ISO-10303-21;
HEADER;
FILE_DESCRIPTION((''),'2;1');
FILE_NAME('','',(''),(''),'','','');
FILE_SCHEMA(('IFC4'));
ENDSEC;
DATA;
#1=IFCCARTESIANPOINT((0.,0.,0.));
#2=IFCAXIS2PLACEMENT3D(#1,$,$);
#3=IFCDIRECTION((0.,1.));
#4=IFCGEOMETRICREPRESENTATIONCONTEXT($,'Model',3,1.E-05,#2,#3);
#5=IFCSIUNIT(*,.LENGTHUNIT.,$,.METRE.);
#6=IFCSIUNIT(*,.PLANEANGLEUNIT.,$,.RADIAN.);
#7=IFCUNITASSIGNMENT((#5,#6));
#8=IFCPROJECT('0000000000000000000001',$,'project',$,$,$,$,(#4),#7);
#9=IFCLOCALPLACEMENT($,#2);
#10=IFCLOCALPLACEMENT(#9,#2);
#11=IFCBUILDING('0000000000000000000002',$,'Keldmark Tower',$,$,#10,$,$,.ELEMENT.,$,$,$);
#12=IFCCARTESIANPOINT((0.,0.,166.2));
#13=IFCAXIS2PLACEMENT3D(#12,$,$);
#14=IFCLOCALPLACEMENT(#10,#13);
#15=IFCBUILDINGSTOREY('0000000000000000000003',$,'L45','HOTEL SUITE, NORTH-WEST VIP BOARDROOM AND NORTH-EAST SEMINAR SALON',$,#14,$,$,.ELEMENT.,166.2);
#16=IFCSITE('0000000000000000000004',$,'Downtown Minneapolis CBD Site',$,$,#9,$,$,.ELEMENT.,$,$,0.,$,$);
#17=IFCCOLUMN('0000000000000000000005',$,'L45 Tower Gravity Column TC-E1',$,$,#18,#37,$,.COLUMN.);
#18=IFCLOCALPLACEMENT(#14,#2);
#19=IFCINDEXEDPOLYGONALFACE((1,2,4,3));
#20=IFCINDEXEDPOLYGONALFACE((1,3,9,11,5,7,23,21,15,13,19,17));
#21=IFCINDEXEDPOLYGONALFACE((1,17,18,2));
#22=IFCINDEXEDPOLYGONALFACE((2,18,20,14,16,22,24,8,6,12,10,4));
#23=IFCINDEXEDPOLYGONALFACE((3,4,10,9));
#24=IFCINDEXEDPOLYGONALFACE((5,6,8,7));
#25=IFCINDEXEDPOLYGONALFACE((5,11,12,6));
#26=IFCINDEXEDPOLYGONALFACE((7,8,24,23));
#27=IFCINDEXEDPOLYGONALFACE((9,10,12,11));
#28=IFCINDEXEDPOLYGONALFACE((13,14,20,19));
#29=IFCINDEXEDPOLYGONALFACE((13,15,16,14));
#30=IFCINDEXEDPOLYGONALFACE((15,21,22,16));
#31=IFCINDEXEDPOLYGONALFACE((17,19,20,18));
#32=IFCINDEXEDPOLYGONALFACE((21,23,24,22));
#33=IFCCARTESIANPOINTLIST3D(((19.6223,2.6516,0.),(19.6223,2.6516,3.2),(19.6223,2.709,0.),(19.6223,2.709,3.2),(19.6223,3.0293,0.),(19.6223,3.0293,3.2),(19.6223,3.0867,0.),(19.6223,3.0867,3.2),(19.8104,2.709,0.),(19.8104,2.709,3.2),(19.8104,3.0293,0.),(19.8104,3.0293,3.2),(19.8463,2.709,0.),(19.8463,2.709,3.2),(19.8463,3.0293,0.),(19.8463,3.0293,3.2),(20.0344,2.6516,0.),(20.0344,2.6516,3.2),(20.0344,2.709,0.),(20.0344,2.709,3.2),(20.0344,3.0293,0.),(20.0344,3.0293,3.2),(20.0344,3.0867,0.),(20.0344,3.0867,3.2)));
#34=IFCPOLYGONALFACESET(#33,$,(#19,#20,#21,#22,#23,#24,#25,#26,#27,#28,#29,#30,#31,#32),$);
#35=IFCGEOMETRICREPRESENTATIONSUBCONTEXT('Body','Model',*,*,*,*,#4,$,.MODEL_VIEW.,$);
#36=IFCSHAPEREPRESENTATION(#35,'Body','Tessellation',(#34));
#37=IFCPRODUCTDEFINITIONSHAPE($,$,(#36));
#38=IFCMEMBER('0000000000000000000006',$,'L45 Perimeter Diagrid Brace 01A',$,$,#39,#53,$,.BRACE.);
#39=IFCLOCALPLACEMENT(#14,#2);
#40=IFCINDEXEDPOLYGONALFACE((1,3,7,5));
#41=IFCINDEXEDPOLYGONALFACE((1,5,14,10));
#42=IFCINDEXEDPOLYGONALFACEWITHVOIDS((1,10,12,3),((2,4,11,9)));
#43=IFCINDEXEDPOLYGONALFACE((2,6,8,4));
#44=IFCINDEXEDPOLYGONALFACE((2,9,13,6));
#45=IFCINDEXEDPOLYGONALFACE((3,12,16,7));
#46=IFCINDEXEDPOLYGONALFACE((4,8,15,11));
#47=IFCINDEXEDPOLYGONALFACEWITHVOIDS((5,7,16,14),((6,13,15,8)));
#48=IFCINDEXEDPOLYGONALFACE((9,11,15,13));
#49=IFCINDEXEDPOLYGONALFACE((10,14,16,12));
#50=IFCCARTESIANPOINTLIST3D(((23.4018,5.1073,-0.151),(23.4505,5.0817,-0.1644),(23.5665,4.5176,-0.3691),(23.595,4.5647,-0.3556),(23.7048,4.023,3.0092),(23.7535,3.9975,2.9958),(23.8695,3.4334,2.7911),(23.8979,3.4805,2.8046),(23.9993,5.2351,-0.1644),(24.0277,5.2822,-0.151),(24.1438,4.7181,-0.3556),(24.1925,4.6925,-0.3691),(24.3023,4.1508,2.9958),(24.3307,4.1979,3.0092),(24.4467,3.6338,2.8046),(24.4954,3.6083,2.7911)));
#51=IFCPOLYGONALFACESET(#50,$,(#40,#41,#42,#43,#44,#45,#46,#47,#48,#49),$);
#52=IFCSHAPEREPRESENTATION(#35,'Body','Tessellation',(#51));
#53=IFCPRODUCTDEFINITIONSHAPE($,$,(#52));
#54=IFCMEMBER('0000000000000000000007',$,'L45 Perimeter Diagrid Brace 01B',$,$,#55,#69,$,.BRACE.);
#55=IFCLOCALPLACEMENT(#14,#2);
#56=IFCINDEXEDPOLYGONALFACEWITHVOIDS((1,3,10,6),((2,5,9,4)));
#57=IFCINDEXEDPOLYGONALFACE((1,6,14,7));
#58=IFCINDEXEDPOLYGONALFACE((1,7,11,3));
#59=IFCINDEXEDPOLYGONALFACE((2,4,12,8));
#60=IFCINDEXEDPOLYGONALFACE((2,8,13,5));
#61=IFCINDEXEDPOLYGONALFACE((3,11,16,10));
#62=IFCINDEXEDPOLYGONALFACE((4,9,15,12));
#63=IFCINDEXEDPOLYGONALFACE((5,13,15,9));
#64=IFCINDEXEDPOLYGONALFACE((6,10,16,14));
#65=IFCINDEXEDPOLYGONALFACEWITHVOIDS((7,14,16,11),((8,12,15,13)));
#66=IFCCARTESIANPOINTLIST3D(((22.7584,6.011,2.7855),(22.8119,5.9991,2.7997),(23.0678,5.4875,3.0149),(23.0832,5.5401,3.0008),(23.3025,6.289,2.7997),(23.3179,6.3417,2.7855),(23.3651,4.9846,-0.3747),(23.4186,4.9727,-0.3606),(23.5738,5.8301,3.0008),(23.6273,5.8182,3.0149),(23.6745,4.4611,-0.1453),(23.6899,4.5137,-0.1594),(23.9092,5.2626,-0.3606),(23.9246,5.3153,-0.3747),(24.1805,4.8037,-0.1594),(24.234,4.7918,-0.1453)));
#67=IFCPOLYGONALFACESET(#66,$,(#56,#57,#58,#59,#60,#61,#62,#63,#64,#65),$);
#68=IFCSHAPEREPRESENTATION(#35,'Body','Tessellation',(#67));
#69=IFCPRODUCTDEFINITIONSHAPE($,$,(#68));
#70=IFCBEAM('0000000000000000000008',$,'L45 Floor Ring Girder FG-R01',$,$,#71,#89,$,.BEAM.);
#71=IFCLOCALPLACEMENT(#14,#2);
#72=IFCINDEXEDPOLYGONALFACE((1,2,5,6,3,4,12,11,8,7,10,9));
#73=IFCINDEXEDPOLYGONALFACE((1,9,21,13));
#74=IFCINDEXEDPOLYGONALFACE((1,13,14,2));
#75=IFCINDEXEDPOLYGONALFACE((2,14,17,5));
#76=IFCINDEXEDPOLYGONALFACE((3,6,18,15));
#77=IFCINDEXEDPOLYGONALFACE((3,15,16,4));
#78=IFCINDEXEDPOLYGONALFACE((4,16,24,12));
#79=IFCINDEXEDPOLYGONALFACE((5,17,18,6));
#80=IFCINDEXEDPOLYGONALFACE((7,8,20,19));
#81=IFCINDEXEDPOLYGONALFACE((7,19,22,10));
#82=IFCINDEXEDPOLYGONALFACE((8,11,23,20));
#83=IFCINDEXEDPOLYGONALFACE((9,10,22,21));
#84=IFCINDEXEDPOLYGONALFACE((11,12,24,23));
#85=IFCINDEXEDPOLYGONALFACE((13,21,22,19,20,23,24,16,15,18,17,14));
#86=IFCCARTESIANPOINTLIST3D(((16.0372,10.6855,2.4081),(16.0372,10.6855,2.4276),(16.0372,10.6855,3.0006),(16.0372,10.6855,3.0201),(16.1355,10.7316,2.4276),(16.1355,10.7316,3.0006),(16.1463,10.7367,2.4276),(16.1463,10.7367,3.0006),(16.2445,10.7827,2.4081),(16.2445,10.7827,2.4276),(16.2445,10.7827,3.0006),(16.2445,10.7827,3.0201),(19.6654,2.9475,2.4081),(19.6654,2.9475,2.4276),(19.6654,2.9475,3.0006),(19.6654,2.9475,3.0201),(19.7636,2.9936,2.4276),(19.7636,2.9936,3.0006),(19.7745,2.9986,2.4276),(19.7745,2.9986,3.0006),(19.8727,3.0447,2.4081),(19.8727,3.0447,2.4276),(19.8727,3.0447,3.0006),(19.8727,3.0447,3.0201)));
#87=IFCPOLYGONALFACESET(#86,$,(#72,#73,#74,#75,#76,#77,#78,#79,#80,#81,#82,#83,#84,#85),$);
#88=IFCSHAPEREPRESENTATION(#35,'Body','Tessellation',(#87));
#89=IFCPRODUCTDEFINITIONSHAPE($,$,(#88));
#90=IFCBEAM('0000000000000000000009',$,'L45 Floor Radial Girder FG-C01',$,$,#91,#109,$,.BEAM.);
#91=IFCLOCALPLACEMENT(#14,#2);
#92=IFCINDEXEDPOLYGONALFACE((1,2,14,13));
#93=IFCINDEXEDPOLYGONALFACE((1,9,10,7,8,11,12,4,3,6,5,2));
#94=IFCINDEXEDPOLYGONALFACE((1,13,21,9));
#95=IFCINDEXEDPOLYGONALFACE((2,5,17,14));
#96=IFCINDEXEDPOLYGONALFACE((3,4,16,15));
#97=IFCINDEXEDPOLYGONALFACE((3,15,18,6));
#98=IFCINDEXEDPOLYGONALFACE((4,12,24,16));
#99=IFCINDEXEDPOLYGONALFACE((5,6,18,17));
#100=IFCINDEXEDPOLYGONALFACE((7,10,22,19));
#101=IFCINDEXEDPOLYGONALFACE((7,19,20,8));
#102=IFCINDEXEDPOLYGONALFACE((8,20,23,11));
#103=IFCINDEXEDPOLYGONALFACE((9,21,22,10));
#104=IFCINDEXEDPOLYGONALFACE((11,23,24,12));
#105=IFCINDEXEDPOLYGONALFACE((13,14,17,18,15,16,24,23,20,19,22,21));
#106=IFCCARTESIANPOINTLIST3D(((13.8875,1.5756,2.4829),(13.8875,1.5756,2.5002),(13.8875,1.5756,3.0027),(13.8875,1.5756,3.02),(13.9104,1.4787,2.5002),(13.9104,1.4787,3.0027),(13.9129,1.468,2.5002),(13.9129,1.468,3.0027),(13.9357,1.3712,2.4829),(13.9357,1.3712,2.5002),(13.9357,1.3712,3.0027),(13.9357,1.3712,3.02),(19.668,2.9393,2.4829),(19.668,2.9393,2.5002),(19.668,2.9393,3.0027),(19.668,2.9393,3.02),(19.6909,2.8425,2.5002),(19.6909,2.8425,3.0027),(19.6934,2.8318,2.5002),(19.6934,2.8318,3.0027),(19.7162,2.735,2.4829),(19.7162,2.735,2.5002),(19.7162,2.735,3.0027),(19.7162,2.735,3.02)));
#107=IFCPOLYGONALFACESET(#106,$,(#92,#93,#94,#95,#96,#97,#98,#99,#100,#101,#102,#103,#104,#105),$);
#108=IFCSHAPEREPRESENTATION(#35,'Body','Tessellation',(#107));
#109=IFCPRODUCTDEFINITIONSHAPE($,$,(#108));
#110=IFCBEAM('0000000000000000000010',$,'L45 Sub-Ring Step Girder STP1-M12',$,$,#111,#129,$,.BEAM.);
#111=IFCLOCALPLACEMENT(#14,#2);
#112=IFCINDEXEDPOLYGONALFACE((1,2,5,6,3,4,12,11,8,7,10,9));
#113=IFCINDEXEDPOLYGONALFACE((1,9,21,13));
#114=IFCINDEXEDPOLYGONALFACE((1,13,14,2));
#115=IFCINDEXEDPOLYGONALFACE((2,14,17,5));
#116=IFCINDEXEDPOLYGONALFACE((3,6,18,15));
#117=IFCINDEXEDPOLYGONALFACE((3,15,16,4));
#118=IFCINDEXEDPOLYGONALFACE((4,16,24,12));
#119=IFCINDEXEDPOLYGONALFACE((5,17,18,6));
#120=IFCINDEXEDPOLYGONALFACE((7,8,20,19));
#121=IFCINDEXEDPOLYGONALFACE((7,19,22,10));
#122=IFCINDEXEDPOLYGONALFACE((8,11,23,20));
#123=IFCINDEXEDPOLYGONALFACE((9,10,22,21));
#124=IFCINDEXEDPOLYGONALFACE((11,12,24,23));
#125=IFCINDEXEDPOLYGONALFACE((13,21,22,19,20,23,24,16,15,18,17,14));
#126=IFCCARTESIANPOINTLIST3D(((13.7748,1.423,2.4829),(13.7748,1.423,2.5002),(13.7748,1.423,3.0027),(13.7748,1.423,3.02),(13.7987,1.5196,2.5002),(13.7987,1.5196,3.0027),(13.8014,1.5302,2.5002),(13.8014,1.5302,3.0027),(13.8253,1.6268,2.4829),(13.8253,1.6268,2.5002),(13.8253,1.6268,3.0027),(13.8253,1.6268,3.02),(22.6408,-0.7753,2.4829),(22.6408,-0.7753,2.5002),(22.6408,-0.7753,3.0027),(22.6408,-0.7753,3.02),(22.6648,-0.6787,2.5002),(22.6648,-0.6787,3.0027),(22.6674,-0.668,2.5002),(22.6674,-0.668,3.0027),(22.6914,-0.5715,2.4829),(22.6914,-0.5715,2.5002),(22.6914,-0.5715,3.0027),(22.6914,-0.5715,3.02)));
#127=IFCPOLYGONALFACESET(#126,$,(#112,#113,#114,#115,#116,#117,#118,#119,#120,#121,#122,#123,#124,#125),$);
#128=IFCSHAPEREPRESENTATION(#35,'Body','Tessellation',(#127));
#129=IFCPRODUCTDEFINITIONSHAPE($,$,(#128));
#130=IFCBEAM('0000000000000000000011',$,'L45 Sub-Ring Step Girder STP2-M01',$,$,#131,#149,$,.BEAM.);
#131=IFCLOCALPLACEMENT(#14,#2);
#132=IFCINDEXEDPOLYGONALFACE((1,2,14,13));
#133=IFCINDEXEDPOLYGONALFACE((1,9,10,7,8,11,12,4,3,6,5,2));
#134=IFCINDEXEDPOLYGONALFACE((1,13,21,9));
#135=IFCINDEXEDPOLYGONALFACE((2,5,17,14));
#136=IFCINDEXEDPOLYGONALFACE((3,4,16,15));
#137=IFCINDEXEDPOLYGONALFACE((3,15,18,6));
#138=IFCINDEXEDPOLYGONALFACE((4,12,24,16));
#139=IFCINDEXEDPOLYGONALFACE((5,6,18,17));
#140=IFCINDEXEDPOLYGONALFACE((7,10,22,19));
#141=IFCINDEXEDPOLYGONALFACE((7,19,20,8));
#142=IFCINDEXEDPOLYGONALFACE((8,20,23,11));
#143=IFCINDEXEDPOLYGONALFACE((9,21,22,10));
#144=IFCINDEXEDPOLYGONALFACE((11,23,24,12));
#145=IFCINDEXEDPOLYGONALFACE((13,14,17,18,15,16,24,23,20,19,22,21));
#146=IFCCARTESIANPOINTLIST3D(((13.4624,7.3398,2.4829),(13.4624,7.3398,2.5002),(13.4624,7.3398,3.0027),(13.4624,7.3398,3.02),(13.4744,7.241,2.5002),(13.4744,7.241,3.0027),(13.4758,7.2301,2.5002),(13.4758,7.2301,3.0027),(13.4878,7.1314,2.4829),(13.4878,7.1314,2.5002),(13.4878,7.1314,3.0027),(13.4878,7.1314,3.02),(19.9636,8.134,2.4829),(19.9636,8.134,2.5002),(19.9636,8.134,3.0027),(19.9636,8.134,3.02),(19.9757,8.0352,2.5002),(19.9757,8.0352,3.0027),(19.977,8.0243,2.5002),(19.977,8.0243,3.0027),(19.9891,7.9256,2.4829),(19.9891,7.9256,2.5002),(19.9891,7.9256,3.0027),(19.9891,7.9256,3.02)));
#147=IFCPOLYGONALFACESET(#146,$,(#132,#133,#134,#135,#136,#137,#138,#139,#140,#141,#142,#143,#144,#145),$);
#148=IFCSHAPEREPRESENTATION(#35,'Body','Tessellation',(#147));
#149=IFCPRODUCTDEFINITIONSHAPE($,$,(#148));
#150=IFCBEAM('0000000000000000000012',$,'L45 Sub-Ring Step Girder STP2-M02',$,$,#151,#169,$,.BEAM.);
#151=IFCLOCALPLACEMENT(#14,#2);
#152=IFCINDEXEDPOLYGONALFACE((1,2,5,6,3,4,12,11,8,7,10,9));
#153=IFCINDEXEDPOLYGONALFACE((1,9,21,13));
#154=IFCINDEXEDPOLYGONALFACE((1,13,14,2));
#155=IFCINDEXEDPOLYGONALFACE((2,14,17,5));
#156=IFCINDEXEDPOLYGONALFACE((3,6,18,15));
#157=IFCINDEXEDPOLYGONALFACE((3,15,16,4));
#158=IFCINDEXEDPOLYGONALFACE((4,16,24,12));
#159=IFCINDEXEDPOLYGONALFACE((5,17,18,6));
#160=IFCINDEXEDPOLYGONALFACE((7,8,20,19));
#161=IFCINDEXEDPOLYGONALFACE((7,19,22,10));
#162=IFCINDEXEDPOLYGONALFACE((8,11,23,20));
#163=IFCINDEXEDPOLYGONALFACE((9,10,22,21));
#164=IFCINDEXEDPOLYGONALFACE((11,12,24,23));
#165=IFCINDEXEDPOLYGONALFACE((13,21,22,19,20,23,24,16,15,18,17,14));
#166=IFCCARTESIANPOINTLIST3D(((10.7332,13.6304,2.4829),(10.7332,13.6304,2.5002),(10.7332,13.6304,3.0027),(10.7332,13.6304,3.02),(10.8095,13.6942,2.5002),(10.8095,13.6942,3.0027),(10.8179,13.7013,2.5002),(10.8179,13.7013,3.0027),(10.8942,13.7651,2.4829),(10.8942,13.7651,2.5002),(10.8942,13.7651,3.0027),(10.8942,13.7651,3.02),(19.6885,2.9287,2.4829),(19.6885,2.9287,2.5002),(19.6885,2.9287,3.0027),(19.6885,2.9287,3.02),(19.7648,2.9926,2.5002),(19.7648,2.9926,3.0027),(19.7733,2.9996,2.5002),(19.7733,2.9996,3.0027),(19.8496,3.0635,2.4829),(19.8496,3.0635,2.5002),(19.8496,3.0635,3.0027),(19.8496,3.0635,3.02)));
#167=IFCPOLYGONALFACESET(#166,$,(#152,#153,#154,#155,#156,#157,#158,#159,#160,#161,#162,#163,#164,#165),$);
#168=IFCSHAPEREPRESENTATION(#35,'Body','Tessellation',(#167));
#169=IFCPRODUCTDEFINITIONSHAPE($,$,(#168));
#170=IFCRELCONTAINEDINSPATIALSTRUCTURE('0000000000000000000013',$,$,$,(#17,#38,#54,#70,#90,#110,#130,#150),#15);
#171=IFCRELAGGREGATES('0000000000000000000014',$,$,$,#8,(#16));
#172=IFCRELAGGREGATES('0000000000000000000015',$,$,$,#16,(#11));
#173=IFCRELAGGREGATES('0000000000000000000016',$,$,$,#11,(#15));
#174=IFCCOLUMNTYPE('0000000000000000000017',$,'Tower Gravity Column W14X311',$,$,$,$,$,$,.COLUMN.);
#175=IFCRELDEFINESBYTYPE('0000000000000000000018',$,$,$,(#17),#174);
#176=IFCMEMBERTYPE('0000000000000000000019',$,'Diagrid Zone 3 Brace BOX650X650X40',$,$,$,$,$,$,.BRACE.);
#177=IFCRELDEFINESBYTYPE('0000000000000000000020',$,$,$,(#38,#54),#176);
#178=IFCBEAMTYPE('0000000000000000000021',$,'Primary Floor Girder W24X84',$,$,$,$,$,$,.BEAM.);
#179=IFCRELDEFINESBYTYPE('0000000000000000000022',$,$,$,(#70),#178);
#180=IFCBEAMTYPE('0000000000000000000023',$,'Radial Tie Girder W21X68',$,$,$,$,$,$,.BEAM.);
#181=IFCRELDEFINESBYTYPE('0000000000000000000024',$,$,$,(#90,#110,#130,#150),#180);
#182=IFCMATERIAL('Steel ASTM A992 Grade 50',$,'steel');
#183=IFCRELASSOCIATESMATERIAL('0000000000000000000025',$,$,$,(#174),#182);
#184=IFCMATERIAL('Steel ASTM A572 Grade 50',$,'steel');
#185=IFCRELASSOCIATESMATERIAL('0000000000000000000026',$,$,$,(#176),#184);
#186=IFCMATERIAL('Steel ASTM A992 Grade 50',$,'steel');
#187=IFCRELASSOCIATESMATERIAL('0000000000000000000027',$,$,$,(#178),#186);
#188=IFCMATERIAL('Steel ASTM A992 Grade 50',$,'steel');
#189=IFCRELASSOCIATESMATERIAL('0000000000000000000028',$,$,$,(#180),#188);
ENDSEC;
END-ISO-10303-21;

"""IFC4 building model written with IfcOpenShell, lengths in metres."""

from ifc_helpers import new_model, si_unit, direction, frame, origin, origin_2d, place, context, subcontext, project, spatial, hollow_rectangle, i_section, extrude, material, material_profile, profile_set, type_object, element, save


model = new_model("IFC4")

# Units and contexts
model_context = context("Model", 3, precision=1e-05, world=origin(), true_north=direction((0.0, 1.0)))
body_context = subcontext(model_context, "Body", "Model", "MODEL_VIEW")
ifc_project = project(units=[si_unit("LENGTHUNIT", "METRE"), si_unit("PLANEANGLEUNIT", "RADIAN")], contexts=[model_context])

# Site, building, storey
site_placement = place(None, origin())
site = spatial("IfcSite", under=ifc_project, at=site_placement, Name="Downtown Minneapolis CBD Site", CompositionType="ELEMENT", RefElevation=0.0)
building_placement = place(site_placement, origin())
building = spatial("IfcBuilding", under=site, at=building_placement, Name="Keldmark Tower", CompositionType="ELEMENT")
storey_placement = place(building_placement, frame((0.0, 0.0, 166.2)))
storey = spatial("IfcBuildingStorey", under=building, at=storey_placement, Name="L45", Description="HOTEL SUITE, NORTH-WEST VIP BOARDROOM AND NORTH-EAST SEMINAR SALON", CompositionType="ELEMENT", Elevation=166.2)

# Column
ifc_material_1 = material(Name="Steel ASTM A992 Grade 50", Category="steel")
ifc_material_profile_1 = material_profile(ifc_material_1, i_section(OverallWidth=0.4121, OverallDepth=0.4351, WebThickness=0.0359, FlangeThickness=0.0574, at=origin_2d()), Name="W14X311")
ifc_profile_set_1 = profile_set([ifc_material_profile_1], Name="Steel ASTM A992 Grade 50")
column_type = type_object("IfcColumnType", Name="Tower Gravity Column W14X311", PredefinedType="COLUMN", material=ifc_profile_set_1)
column_placement = place(storey_placement, frame((19.8284, 2.8691, 0.0), z_axis=(0.0, 0.0, 1.0), x_axis=(1.0, 0.0, 0.0)))
element("IfcColumn", 1, at=column_placement, inside=storey, type_object=column_type, Name="L45 Tower Gravity Column TC-E1", PredefinedType="COLUMN", context=body_context, shape_type="SweptSolid", body=[
    extrude(i_section(OverallWidth=0.4121, OverallDepth=0.4351, WebThickness=0.0359, FlangeThickness=0.0574, at=origin_2d()), origin(), (0.0, 0.0, 1.0), 3.2),
])

# Members
ifc_material_2 = material(Name="Steel ASTM A572 Grade 50", Category="steel")
ifc_material_profile_2 = material_profile(ifc_material_2, hollow_rectangle(XDim=0.6499, YDim=0.6499, WallThickness=0.04, at=origin_2d()), Name="BOX650X650X40")
ifc_profile_set_2 = profile_set([ifc_material_profile_2], Name="Steel ASTM A572 Grade 50")
member_type = type_object("IfcMemberType", Name="Diagrid Zone 3 Brace BOX650X650X40", PredefinedType="BRACE", material=ifc_profile_set_2)
member_1_placement = place(storey_placement, frame((23.7971, 4.8999, -0.26), z_axis=(0.090315, -0.323198, 0.942012), x_axis=(0.963104, 0.269131, 0.0)))
element("IfcMember", 2, at=member_1_placement, inside=storey, type_object=member_type, Name="L45 Perimeter Diagrid Brace 01A", PredefinedType="BRACE", context=body_context, shape_type="SweptSolid", body=[
    extrude(hollow_rectangle(XDim=0.6499, YDim=0.6499, WallThickness=0.04, at=origin_2d()), origin(), (0.0, 0.0, 1.0), 3.3547),
])
member_2_placement = place(storey_placement, frame((23.7996, 4.8882, -0.26), z_axis=(-0.179622, 0.303876, 0.935626), x_axis=(-0.860853, -0.508853, 0.0)))
element("IfcMember", 3, at=member_2_placement, inside=storey, type_object=member_type, Name="L45 Perimeter Diagrid Brace 01B", PredefinedType="BRACE", context=body_context, shape_type="SweptSolid", body=[
    extrude(hollow_rectangle(XDim=0.6499, YDim=0.6499, WallThickness=0.04, at=origin_2d()), origin(), (0.0, 0.0, 1.0), 3.3777),
])

# Beams
ifc_material_3 = material(Name="Steel ASTM A992 Grade 50", Category="steel")
ifc_material_profile_3 = material_profile(ifc_material_3, i_section(OverallWidth=0.229, OverallDepth=0.6121, WebThickness=0.012, FlangeThickness=0.0195, at=origin_2d()), Name="W24X84")
ifc_profile_set_3 = profile_set([ifc_material_profile_3], Name="Steel ASTM A992 Grade 50")
beam_type_1 = type_object("IfcBeamType", Name="Primary Floor Girder W24X84", PredefinedType="BEAM", material=ifc_profile_set_3)
beam_1_placement = place(storey_placement, frame((19.769, 2.9961, 2.7141), z_axis=(-0.424527, 0.905415, 0.0), x_axis=(-0.905415, -0.424527, 0.0)))
element("IfcBeam", 4, at=beam_1_placement, inside=storey, type_object=beam_type_1, Name="L45 Floor Ring Girder FG-R01", PredefinedType="BEAM", context=body_context, shape_type="SweptSolid", body=[
    extrude(i_section(OverallWidth=0.229, OverallDepth=0.6121, WebThickness=0.012, FlangeThickness=0.0195, at=origin_2d()), origin(), (0.0, 0.0, 1.0), 8.5464),
])
ifc_material_4 = material(Name="Steel ASTM A992 Grade 50", Category="steel")
ifc_material_profile_4 = material_profile(ifc_material_4, i_section(OverallWidth=0.21, OverallDepth=0.5371, WebThickness=0.011, FlangeThickness=0.0173, at=origin_2d()), Name="W21X68")
ifc_profile_set_4 = profile_set([ifc_material_profile_4], Name="Steel ASTM A992 Grade 50")
beam_type_2 = type_object("IfcBeamType", Name="Radial Tie Girder W21X68", PredefinedType="BEAM", material=ifc_profile_set_4)
beam_2_placement = place(storey_placement, frame((19.6921, 2.8372, 2.7515), z_axis=(-0.97328, -0.229621, 0.0), x_axis=(0.229621, -0.97328, 0.0)))
element("IfcBeam", 5, at=beam_2_placement, inside=storey, type_object=beam_type_2, Name="L45 Floor Radial Girder FG-C01", PredefinedType="BEAM", context=body_context, shape_type="SweptSolid", body=[
    extrude(i_section(OverallWidth=0.21, OverallDepth=0.5371, WebThickness=0.011, FlangeThickness=0.0173, at=origin_2d()), origin(), (0.0, 0.0, 1.0), 5.9392),
])
beam_3_placement = place(storey_placement, frame((13.8, 1.5249, 2.7515), z_axis=(0.970611, -0.240655, 0.0), x_axis=(0.240655, 0.970611, 0.0)))
element("IfcBeam", 6, at=beam_3_placement, inside=storey, type_object=beam_type_2, Name="L45 Sub-Ring Step Girder STP1-M12", PredefinedType="BEAM", context=body_context, shape_type="SweptSolid", body=[
    extrude(i_section(OverallWidth=0.21, OverallDepth=0.5371, WebThickness=0.011, FlangeThickness=0.0173, at=origin_2d()), origin(), (0.0, 0.0, 1.0), 9.1345),
])
beam_4_placement = place(storey_placement, frame((13.4751, 7.2356, 2.7515), z_axis=(0.992621, 0.121259, 0.0), x_axis=(-0.121259, 0.992621, 0.0)))
element("IfcBeam", 7, at=beam_4_placement, inside=storey, type_object=beam_type_2, Name="L45 Sub-Ring Step Girder STP2-M01", PredefinedType="BEAM", context=body_context, shape_type="SweptSolid", body=[
    extrude(i_section(OverallWidth=0.21, OverallDepth=0.5371, WebThickness=0.011, FlangeThickness=0.0173, at=origin_2d()), origin(), (0.0, 0.0, 1.0), 6.5496),
])
beam_5_placement = place(storey_placement, frame((19.769, 2.9961, 2.7515), z_axis=(-0.641759, 0.766906, 0.0), x_axis=(-0.766906, -0.641759, 0.0)))
element("IfcBeam", 8, at=beam_5_placement, inside=storey, type_object=beam_type_2, Name="L45 Sub-Ring Step Girder STP2-M02", PredefinedType="BEAM", context=body_context, shape_type="SweptSolid", body=[
    extrude(i_section(OverallWidth=0.21, OverallDepth=0.5371, WebThickness=0.011, FlangeThickness=0.0173, at=origin_2d()), origin(), (0.0, 0.0, 1.0), 13.9543),
])

save(model, "model.ifc")
